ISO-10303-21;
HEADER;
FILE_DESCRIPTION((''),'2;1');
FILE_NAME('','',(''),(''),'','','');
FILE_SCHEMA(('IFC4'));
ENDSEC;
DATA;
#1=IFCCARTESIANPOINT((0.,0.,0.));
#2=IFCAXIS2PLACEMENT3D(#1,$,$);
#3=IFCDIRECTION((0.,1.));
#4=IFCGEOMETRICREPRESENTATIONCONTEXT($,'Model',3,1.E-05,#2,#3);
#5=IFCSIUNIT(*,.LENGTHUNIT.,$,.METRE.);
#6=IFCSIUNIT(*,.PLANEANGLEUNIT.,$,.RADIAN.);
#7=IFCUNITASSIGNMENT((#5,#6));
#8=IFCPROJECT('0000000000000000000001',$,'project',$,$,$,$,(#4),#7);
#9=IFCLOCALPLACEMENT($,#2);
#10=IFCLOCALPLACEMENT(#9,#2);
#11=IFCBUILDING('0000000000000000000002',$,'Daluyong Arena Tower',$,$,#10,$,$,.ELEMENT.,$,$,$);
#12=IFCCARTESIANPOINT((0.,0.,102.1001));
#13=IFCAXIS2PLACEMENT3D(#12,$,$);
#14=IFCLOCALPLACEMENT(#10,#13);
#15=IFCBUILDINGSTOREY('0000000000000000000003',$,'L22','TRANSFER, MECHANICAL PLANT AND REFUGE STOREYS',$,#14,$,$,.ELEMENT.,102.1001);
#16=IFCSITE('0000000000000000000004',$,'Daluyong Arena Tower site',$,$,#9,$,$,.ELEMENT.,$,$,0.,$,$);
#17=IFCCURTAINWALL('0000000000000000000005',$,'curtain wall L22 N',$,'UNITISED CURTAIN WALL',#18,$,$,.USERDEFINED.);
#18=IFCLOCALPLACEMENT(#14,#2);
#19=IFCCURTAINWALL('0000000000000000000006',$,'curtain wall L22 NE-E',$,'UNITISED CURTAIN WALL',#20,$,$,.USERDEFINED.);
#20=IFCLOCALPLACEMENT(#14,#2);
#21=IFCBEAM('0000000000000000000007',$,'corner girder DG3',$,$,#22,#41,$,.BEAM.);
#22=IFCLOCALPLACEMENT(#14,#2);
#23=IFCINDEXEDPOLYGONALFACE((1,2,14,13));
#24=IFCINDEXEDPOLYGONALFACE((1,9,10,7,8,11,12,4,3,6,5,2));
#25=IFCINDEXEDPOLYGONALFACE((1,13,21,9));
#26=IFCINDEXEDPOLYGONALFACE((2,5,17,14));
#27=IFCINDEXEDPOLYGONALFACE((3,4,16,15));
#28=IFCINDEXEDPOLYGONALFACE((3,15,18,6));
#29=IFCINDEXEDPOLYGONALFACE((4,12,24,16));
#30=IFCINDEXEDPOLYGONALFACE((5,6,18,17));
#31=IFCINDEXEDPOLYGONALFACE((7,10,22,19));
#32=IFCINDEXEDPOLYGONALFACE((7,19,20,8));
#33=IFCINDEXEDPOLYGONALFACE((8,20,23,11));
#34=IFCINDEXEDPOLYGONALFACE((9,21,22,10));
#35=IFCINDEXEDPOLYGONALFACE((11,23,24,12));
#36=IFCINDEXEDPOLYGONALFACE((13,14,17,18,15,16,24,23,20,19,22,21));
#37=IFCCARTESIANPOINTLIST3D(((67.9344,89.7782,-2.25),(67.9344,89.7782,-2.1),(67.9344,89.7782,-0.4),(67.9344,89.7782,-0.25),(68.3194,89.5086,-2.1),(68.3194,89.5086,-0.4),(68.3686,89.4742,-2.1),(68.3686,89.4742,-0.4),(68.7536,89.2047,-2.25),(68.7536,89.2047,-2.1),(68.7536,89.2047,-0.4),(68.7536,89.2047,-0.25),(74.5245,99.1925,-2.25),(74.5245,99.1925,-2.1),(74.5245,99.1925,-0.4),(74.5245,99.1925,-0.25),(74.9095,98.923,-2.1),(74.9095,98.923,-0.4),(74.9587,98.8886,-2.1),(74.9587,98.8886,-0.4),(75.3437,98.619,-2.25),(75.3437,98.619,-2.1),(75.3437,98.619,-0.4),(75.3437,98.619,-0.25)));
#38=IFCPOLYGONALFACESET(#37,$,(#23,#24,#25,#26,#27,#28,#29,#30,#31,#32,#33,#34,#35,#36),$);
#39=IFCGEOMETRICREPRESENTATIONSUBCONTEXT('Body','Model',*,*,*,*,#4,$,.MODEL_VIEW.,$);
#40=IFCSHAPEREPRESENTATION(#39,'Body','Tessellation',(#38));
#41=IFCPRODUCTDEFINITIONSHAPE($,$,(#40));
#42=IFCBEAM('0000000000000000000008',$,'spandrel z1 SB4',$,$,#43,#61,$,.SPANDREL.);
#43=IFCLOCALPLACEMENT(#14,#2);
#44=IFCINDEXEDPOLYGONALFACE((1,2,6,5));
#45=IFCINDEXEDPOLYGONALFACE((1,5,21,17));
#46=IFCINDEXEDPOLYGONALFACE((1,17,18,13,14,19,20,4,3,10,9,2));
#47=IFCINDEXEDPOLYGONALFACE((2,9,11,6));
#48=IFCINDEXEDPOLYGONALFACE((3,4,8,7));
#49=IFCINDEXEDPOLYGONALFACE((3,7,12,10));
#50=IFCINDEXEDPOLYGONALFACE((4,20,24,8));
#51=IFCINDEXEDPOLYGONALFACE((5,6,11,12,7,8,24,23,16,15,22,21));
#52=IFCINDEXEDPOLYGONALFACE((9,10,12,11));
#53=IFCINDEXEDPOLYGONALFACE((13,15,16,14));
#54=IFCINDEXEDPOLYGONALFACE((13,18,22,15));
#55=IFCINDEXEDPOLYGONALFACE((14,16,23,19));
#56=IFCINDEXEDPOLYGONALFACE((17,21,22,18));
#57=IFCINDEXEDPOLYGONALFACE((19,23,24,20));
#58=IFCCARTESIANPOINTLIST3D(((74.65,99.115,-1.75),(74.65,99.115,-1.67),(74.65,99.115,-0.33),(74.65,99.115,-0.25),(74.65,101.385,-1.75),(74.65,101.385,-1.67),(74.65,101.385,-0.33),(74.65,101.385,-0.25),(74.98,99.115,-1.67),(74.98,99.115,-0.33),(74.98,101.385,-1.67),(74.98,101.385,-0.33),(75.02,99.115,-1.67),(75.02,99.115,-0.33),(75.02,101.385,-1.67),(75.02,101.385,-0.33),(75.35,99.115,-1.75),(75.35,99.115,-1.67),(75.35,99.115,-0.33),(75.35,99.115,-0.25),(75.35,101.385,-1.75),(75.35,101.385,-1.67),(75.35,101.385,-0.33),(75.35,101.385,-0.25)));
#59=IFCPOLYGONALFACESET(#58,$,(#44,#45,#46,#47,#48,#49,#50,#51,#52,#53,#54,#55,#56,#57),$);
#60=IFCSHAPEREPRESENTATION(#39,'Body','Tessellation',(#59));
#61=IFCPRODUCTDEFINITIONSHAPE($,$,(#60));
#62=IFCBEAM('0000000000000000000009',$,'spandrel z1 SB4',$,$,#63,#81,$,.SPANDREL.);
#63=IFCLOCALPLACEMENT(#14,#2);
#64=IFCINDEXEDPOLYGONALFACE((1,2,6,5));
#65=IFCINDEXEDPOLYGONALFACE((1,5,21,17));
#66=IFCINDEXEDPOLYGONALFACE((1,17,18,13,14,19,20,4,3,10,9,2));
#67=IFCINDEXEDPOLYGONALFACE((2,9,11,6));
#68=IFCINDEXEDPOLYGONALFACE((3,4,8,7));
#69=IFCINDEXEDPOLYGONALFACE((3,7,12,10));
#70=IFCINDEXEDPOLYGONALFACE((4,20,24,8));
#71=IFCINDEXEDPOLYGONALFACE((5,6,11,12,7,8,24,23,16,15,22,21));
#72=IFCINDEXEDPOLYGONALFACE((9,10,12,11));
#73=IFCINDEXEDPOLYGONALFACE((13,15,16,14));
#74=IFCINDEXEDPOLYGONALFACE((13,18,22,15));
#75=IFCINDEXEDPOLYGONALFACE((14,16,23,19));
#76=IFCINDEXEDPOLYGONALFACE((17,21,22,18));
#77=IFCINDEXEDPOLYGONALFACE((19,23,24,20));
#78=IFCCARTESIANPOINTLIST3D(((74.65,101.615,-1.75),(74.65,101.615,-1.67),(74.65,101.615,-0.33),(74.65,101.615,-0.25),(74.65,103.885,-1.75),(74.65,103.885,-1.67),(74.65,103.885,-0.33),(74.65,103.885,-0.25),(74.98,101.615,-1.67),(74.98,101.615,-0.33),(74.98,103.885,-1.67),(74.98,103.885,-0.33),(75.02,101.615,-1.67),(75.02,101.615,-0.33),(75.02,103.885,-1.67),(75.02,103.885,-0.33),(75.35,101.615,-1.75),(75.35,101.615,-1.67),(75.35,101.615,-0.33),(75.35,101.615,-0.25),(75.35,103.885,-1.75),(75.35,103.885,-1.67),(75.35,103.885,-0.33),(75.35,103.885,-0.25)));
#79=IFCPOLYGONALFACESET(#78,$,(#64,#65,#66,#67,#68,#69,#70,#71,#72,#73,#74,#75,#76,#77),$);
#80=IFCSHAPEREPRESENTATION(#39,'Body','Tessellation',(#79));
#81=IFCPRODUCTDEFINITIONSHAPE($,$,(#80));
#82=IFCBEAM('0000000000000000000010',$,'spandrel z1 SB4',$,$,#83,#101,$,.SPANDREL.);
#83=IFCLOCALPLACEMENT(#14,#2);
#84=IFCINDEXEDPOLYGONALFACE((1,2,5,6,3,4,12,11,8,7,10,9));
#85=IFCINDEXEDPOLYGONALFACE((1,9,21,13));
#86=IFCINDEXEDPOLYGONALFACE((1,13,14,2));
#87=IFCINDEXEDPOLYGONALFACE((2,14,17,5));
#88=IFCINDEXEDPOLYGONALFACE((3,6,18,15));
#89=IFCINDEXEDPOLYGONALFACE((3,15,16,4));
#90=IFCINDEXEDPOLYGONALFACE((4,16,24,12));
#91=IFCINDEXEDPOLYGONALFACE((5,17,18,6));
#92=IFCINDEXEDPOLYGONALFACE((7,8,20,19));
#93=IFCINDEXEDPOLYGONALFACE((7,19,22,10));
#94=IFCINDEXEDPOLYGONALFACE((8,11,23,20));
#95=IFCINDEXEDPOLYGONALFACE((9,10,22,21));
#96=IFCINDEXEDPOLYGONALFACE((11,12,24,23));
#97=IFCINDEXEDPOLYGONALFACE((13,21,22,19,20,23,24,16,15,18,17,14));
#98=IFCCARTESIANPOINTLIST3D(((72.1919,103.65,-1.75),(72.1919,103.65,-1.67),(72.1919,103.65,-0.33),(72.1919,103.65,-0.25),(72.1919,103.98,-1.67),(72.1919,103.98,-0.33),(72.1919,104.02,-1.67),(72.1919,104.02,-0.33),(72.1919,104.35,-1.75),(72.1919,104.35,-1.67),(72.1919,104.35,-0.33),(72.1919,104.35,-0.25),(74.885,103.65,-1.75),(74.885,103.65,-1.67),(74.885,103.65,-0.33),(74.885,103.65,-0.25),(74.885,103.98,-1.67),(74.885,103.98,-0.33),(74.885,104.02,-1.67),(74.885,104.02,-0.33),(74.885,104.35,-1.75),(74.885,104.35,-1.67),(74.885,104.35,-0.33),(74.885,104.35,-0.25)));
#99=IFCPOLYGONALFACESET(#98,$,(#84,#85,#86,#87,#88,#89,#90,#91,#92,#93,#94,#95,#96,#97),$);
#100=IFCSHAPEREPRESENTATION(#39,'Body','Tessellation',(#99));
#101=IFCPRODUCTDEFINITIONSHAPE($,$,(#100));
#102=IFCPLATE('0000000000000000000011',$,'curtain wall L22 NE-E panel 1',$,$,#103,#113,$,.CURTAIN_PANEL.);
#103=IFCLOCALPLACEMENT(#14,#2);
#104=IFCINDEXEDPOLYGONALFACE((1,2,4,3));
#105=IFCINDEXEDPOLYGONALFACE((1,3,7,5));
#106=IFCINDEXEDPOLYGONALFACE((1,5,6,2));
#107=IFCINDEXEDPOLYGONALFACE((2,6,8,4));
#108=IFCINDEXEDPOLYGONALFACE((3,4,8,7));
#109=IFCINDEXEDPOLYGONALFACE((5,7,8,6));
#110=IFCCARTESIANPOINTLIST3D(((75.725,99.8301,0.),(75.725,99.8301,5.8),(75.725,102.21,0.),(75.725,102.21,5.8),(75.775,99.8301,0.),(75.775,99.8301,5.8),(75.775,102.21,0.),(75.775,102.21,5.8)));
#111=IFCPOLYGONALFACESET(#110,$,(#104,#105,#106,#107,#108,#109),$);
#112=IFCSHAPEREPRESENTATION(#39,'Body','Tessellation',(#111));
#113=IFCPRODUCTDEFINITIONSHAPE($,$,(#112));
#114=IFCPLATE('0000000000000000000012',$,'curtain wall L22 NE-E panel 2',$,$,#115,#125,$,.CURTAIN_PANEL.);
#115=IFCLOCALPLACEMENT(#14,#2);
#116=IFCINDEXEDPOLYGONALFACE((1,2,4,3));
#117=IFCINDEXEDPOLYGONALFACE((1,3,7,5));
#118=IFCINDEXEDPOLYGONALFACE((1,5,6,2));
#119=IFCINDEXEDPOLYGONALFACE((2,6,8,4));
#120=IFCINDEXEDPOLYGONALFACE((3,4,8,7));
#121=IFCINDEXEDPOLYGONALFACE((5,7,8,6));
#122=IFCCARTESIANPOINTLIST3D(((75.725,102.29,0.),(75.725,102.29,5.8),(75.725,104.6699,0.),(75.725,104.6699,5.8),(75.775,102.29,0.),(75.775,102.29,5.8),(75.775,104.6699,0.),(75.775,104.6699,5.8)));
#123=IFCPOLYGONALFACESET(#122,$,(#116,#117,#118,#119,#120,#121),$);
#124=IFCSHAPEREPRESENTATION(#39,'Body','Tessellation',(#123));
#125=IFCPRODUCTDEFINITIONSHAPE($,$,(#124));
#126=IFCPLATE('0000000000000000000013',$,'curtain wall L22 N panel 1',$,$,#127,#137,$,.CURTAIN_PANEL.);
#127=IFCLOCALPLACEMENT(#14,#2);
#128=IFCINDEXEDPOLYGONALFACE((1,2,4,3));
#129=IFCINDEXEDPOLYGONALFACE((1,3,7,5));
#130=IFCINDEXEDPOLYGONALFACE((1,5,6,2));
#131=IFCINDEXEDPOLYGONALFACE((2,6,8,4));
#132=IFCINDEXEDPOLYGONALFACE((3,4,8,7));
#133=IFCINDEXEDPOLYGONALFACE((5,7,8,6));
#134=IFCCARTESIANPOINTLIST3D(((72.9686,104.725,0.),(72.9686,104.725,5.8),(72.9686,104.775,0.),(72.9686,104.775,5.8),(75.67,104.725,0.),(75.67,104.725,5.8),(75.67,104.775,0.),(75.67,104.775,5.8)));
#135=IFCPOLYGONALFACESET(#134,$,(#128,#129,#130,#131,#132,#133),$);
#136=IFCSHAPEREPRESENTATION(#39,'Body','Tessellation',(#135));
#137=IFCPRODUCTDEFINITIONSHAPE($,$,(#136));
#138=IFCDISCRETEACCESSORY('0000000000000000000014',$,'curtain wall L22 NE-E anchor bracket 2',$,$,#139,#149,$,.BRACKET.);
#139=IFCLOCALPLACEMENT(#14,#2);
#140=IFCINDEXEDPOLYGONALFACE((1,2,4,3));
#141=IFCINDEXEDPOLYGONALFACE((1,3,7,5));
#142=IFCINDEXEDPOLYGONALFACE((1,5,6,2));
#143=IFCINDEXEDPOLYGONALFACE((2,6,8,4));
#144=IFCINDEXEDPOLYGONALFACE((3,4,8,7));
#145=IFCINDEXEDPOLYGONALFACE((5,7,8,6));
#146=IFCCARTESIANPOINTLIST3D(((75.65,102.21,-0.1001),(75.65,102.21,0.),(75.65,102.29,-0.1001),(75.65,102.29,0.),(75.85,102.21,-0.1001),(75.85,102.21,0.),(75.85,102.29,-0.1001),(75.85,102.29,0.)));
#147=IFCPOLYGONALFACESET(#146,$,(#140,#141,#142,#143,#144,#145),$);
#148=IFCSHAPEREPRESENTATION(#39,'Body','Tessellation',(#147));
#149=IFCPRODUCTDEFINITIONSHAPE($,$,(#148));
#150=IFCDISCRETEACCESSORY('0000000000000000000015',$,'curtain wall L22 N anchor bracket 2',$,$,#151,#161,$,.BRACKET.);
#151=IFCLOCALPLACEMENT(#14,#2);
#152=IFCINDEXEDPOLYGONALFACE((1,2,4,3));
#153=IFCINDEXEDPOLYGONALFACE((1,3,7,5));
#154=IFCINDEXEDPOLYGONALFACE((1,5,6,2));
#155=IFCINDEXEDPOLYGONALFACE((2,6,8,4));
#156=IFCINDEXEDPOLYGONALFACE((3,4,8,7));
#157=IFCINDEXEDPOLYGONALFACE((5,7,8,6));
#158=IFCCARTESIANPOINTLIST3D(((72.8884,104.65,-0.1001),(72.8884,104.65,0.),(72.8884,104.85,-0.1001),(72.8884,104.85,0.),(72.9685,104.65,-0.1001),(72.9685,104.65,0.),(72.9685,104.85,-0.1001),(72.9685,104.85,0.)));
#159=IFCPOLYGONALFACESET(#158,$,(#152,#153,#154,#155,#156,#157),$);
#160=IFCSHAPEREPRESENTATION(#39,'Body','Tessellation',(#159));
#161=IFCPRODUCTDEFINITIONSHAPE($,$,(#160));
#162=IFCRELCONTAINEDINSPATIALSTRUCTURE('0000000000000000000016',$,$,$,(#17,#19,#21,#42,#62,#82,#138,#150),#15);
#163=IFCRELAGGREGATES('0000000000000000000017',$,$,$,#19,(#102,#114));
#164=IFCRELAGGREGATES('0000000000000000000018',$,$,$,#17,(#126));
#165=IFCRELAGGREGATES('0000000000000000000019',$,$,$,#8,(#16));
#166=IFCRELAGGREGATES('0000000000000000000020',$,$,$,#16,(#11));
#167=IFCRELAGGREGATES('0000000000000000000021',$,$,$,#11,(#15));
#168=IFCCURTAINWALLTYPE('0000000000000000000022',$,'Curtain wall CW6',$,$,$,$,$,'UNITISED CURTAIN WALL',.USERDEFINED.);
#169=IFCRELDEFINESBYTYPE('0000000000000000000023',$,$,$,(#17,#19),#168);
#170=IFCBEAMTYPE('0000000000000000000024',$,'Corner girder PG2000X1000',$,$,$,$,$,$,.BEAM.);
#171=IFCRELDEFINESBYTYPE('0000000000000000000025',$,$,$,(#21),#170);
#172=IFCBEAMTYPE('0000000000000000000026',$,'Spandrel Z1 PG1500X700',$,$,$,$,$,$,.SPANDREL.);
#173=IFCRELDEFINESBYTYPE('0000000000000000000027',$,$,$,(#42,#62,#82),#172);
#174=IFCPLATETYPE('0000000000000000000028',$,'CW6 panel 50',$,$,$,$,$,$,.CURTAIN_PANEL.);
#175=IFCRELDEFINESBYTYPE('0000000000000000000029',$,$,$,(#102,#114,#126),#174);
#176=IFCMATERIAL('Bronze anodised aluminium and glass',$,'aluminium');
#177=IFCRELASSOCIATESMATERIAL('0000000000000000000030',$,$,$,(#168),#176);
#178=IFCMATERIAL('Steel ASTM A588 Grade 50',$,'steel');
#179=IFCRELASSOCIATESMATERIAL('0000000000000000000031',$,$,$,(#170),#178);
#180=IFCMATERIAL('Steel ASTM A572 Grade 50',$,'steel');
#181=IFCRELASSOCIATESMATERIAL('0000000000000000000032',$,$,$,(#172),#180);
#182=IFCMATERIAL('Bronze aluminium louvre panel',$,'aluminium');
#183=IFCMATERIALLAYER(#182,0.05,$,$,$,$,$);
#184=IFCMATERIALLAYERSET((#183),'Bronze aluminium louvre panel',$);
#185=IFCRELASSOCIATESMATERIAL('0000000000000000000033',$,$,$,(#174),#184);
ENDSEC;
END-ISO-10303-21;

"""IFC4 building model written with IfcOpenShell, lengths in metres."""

from ifc_helpers import new_model, si_unit, direction, frame, origin, origin_2d, place, context, subcontext, project, spatial, rectangle, i_section, extrude, material, layer, layer_set, material_profile, profile_set, type_object, element, aggregate, save


model = new_model("IFC4")

# Units and contexts
model_context = context("Model", 3, precision=1e-05, world=origin(), true_north=direction((0.0, 1.0)))
body_context = subcontext(model_context, "Body", "Model", "MODEL_VIEW")
ifc_project = project(units=[si_unit("LENGTHUNIT", "METRE"), si_unit("PLANEANGLEUNIT", "RADIAN")], contexts=[model_context])

# Site, building, storey
site_placement = place(None, origin())
site = spatial("IfcSite", under=ifc_project, at=site_placement, Name="Daluyong Arena Tower site", CompositionType="ELEMENT", RefElevation=0.0)
building_placement = place(site_placement, origin())
building = spatial("IfcBuilding", under=site, at=building_placement, Name="Daluyong Arena Tower", CompositionType="ELEMENT")
storey_placement = place(building_placement, frame((0.0, 0.0, 102.1001)))
storey = spatial("IfcBuildingStorey", under=building, at=storey_placement, Name="L22", Description="TRANSFER, MECHANICAL PLANT AND REFUGE STOREYS", CompositionType="ELEMENT", Elevation=102.1001)

# Curtain walls
ifc_material_1 = material(Name="Bronze anodised aluminium and glass", Category="aluminium")
curtain_wall_type = type_object("IfcCurtainWallType", Name="Curtain wall CW6", ElementType="UNITISED CURTAIN WALL", PredefinedType="USERDEFINED", material=ifc_material_1)
curtain_wall_1_placement = place(storey_placement, origin())
curtain_wall_1 = element("IfcCurtainWall", 1, at=curtain_wall_1_placement, inside=storey, type_object=curtain_wall_type, Name="curtain wall L22 N", ObjectType="UNITISED CURTAIN WALL", PredefinedType="USERDEFINED")
curtain_wall_2_placement = place(storey_placement, origin())
curtain_wall_2 = element("IfcCurtainWall", 2, at=curtain_wall_2_placement, inside=storey, type_object=curtain_wall_type, Name="curtain wall L22 NE-E", ObjectType="UNITISED CURTAIN WALL", PredefinedType="USERDEFINED")

# Beams
ifc_material_2 = material(Name="Steel ASTM A588 Grade 50", Category="steel")
ifc_material_profile_1 = material_profile(ifc_material_2, i_section(OverallWidth=1.0, OverallDepth=2.0, WebThickness=0.06, FlangeThickness=0.15, at=origin_2d()))
ifc_profile_set_1 = profile_set([ifc_material_profile_1], Name="Steel ASTM A588 Grade 50")
beam_type_1 = type_object("IfcBeamType", Name="Corner girder PG2000X1000", PredefinedType="BEAM", material=ifc_profile_set_1)
beam_1_placement = place(storey_placement, frame((74.9341, 98.9058, -1.25), z_axis=(-0.573467, -0.819229, 0.0), x_axis=(0.819229, -0.573467, 0.0)))
element("IfcBeam", 3, at=beam_1_placement, inside=storey, type_object=beam_type_1, Name="corner girder DG3", PredefinedType="BEAM", context=body_context, shape_type="SweptSolid", body=[
    extrude(i_section(OverallWidth=1.0, OverallDepth=2.0, WebThickness=0.06, FlangeThickness=0.15, at=origin_2d()), origin(), (0.0, 0.0, 1.0), 11.4917),
])
ifc_material_3 = material(Name="Steel ASTM A572 Grade 50", Category="steel")
ifc_material_profile_2 = material_profile(ifc_material_3, i_section(OverallWidth=0.7, OverallDepth=1.5, WebThickness=0.04, FlangeThickness=0.08, at=origin_2d()))
ifc_profile_set_2 = profile_set([ifc_material_profile_2], Name="Steel ASTM A572 Grade 50")
beam_type_2 = type_object("IfcBeamType", Name="Spandrel Z1 PG1500X700", PredefinedType="SPANDREL", material=ifc_profile_set_2)
for number, where, z_axis, x_axis, name in (
    (4, (75.0, 99.115, -1.0), (0.0, 1.0, 0.0), (-1.0, 0.0, 0.0), "spandrel z1 SB4"),
    (5, (75.0, 101.615, -1.0), (0.0, 1.0, 0.0), (-1.0, 0.0, 0.0), "spandrel z1 SB4"),
):
    element("IfcBeam", number, at=place(storey_placement, frame(where, z_axis=z_axis, x_axis=x_axis)), inside=storey, type_object=beam_type_2, Name=name, PredefinedType="SPANDREL", context=body_context, shape_type="SweptSolid", body=[
        extrude(i_section(OverallWidth=0.7, OverallDepth=1.5, WebThickness=0.04, FlangeThickness=0.08, at=origin_2d()), origin(), (0.0, 0.0, 1.0), 2.27),
    ])
beam_2_placement = place(storey_placement, frame((74.885, 104.0, -1.0), z_axis=(-1.0, 0.0, 0.0), x_axis=(0.0, -1.0, 0.0)))
element("IfcBeam", 6, at=beam_2_placement, inside=storey, type_object=beam_type_2, Name="spandrel z1 SB4", PredefinedType="SPANDREL", context=body_context, shape_type="SweptSolid", body=[
    extrude(i_section(OverallWidth=0.7, OverallDepth=1.5, WebThickness=0.04, FlangeThickness=0.08, at=origin_2d()), origin(), (0.0, 0.0, 1.0), 2.6931),
])

# Plates
ifc_material_4 = material(Name="Bronze aluminium louvre panel", Category="aluminium")
ifc_layer = layer(ifc_material_4, 0.05)
ifc_layer_set = layer_set([ifc_layer], Name="Bronze aluminium louvre panel")
plate_type = type_object("IfcPlateType", Name="CW6 panel 50", PredefinedType="CURTAIN_PANEL", material=ifc_layer_set)
plate_1_placement = place(storey_placement, frame((75.75, 101.02, 0.0), z_axis=(0.0, 0.0, 1.0), x_axis=(0.0, 1.0, 0.0)))
plate_1 = element("IfcPlate", 7, at=plate_1_placement, type_object=plate_type, Name="curtain wall L22 NE-E panel 1", PredefinedType="CURTAIN_PANEL", context=body_context, shape_type="SweptSolid", body=[
    extrude(rectangle(XDim=2.3799, YDim=0.05, at=origin_2d()), origin(), (0.0, 0.0, 1.0), 5.8),
])
plate_2_placement = place(storey_placement, frame((75.75, 103.48, 0.0), z_axis=(0.0, 0.0, 1.0), x_axis=(0.0, 1.0, 0.0)))
plate_2 = element("IfcPlate", 8, at=plate_2_placement, type_object=plate_type, Name="curtain wall L22 NE-E panel 2", PredefinedType="CURTAIN_PANEL", context=body_context, shape_type="SweptSolid", body=[
    extrude(rectangle(XDim=2.3799, YDim=0.05, at=origin_2d()), origin(), (0.0, 0.0, 1.0), 5.8),
])
aggregate(curtain_wall_2, [plate_1, plate_2])
plate_3_placement = place(storey_placement, frame((74.3193, 104.75, 0.0), z_axis=(0.0, 0.0, 1.0), x_axis=(-1.0, 0.0, 0.0)))
plate_3 = element("IfcPlate", 9, at=plate_3_placement, type_object=plate_type, Name="curtain wall L22 N panel 1", PredefinedType="CURTAIN_PANEL", context=body_context, shape_type="SweptSolid", body=[
    extrude(rectangle(XDim=2.7014, YDim=0.05, at=origin_2d()), origin(), (0.0, 0.0, 1.0), 5.8),
])
aggregate(curtain_wall_1, [plate_3])

# Discrete accessories
for number, where, z_axis, x_axis, name in (
    (10, (75.75, 102.25, -0.1001), (0.0, 0.0, 1.0), (0.0, 1.0, 0.0), "curtain wall L22 NE-E anchor bracket 2"),
    (11, (72.9285, 104.75, -0.1001), (0.0, 0.0, 1.0), (-1.0, 0.0, 0.0), "curtain wall L22 N anchor bracket 2"),
):
    element("IfcDiscreteAccessory", number, at=place(storey_placement, frame(where, z_axis=z_axis, x_axis=x_axis)), inside=storey, Name=name, PredefinedType="BRACKET", context=body_context, shape_type="SweptSolid", body=[
        extrude(rectangle(XDim=0.0801, YDim=0.2, at=origin_2d()), origin(), (0.0, 0.0, 1.0), 0.1001),
    ])

save(model, "model.ifc")
